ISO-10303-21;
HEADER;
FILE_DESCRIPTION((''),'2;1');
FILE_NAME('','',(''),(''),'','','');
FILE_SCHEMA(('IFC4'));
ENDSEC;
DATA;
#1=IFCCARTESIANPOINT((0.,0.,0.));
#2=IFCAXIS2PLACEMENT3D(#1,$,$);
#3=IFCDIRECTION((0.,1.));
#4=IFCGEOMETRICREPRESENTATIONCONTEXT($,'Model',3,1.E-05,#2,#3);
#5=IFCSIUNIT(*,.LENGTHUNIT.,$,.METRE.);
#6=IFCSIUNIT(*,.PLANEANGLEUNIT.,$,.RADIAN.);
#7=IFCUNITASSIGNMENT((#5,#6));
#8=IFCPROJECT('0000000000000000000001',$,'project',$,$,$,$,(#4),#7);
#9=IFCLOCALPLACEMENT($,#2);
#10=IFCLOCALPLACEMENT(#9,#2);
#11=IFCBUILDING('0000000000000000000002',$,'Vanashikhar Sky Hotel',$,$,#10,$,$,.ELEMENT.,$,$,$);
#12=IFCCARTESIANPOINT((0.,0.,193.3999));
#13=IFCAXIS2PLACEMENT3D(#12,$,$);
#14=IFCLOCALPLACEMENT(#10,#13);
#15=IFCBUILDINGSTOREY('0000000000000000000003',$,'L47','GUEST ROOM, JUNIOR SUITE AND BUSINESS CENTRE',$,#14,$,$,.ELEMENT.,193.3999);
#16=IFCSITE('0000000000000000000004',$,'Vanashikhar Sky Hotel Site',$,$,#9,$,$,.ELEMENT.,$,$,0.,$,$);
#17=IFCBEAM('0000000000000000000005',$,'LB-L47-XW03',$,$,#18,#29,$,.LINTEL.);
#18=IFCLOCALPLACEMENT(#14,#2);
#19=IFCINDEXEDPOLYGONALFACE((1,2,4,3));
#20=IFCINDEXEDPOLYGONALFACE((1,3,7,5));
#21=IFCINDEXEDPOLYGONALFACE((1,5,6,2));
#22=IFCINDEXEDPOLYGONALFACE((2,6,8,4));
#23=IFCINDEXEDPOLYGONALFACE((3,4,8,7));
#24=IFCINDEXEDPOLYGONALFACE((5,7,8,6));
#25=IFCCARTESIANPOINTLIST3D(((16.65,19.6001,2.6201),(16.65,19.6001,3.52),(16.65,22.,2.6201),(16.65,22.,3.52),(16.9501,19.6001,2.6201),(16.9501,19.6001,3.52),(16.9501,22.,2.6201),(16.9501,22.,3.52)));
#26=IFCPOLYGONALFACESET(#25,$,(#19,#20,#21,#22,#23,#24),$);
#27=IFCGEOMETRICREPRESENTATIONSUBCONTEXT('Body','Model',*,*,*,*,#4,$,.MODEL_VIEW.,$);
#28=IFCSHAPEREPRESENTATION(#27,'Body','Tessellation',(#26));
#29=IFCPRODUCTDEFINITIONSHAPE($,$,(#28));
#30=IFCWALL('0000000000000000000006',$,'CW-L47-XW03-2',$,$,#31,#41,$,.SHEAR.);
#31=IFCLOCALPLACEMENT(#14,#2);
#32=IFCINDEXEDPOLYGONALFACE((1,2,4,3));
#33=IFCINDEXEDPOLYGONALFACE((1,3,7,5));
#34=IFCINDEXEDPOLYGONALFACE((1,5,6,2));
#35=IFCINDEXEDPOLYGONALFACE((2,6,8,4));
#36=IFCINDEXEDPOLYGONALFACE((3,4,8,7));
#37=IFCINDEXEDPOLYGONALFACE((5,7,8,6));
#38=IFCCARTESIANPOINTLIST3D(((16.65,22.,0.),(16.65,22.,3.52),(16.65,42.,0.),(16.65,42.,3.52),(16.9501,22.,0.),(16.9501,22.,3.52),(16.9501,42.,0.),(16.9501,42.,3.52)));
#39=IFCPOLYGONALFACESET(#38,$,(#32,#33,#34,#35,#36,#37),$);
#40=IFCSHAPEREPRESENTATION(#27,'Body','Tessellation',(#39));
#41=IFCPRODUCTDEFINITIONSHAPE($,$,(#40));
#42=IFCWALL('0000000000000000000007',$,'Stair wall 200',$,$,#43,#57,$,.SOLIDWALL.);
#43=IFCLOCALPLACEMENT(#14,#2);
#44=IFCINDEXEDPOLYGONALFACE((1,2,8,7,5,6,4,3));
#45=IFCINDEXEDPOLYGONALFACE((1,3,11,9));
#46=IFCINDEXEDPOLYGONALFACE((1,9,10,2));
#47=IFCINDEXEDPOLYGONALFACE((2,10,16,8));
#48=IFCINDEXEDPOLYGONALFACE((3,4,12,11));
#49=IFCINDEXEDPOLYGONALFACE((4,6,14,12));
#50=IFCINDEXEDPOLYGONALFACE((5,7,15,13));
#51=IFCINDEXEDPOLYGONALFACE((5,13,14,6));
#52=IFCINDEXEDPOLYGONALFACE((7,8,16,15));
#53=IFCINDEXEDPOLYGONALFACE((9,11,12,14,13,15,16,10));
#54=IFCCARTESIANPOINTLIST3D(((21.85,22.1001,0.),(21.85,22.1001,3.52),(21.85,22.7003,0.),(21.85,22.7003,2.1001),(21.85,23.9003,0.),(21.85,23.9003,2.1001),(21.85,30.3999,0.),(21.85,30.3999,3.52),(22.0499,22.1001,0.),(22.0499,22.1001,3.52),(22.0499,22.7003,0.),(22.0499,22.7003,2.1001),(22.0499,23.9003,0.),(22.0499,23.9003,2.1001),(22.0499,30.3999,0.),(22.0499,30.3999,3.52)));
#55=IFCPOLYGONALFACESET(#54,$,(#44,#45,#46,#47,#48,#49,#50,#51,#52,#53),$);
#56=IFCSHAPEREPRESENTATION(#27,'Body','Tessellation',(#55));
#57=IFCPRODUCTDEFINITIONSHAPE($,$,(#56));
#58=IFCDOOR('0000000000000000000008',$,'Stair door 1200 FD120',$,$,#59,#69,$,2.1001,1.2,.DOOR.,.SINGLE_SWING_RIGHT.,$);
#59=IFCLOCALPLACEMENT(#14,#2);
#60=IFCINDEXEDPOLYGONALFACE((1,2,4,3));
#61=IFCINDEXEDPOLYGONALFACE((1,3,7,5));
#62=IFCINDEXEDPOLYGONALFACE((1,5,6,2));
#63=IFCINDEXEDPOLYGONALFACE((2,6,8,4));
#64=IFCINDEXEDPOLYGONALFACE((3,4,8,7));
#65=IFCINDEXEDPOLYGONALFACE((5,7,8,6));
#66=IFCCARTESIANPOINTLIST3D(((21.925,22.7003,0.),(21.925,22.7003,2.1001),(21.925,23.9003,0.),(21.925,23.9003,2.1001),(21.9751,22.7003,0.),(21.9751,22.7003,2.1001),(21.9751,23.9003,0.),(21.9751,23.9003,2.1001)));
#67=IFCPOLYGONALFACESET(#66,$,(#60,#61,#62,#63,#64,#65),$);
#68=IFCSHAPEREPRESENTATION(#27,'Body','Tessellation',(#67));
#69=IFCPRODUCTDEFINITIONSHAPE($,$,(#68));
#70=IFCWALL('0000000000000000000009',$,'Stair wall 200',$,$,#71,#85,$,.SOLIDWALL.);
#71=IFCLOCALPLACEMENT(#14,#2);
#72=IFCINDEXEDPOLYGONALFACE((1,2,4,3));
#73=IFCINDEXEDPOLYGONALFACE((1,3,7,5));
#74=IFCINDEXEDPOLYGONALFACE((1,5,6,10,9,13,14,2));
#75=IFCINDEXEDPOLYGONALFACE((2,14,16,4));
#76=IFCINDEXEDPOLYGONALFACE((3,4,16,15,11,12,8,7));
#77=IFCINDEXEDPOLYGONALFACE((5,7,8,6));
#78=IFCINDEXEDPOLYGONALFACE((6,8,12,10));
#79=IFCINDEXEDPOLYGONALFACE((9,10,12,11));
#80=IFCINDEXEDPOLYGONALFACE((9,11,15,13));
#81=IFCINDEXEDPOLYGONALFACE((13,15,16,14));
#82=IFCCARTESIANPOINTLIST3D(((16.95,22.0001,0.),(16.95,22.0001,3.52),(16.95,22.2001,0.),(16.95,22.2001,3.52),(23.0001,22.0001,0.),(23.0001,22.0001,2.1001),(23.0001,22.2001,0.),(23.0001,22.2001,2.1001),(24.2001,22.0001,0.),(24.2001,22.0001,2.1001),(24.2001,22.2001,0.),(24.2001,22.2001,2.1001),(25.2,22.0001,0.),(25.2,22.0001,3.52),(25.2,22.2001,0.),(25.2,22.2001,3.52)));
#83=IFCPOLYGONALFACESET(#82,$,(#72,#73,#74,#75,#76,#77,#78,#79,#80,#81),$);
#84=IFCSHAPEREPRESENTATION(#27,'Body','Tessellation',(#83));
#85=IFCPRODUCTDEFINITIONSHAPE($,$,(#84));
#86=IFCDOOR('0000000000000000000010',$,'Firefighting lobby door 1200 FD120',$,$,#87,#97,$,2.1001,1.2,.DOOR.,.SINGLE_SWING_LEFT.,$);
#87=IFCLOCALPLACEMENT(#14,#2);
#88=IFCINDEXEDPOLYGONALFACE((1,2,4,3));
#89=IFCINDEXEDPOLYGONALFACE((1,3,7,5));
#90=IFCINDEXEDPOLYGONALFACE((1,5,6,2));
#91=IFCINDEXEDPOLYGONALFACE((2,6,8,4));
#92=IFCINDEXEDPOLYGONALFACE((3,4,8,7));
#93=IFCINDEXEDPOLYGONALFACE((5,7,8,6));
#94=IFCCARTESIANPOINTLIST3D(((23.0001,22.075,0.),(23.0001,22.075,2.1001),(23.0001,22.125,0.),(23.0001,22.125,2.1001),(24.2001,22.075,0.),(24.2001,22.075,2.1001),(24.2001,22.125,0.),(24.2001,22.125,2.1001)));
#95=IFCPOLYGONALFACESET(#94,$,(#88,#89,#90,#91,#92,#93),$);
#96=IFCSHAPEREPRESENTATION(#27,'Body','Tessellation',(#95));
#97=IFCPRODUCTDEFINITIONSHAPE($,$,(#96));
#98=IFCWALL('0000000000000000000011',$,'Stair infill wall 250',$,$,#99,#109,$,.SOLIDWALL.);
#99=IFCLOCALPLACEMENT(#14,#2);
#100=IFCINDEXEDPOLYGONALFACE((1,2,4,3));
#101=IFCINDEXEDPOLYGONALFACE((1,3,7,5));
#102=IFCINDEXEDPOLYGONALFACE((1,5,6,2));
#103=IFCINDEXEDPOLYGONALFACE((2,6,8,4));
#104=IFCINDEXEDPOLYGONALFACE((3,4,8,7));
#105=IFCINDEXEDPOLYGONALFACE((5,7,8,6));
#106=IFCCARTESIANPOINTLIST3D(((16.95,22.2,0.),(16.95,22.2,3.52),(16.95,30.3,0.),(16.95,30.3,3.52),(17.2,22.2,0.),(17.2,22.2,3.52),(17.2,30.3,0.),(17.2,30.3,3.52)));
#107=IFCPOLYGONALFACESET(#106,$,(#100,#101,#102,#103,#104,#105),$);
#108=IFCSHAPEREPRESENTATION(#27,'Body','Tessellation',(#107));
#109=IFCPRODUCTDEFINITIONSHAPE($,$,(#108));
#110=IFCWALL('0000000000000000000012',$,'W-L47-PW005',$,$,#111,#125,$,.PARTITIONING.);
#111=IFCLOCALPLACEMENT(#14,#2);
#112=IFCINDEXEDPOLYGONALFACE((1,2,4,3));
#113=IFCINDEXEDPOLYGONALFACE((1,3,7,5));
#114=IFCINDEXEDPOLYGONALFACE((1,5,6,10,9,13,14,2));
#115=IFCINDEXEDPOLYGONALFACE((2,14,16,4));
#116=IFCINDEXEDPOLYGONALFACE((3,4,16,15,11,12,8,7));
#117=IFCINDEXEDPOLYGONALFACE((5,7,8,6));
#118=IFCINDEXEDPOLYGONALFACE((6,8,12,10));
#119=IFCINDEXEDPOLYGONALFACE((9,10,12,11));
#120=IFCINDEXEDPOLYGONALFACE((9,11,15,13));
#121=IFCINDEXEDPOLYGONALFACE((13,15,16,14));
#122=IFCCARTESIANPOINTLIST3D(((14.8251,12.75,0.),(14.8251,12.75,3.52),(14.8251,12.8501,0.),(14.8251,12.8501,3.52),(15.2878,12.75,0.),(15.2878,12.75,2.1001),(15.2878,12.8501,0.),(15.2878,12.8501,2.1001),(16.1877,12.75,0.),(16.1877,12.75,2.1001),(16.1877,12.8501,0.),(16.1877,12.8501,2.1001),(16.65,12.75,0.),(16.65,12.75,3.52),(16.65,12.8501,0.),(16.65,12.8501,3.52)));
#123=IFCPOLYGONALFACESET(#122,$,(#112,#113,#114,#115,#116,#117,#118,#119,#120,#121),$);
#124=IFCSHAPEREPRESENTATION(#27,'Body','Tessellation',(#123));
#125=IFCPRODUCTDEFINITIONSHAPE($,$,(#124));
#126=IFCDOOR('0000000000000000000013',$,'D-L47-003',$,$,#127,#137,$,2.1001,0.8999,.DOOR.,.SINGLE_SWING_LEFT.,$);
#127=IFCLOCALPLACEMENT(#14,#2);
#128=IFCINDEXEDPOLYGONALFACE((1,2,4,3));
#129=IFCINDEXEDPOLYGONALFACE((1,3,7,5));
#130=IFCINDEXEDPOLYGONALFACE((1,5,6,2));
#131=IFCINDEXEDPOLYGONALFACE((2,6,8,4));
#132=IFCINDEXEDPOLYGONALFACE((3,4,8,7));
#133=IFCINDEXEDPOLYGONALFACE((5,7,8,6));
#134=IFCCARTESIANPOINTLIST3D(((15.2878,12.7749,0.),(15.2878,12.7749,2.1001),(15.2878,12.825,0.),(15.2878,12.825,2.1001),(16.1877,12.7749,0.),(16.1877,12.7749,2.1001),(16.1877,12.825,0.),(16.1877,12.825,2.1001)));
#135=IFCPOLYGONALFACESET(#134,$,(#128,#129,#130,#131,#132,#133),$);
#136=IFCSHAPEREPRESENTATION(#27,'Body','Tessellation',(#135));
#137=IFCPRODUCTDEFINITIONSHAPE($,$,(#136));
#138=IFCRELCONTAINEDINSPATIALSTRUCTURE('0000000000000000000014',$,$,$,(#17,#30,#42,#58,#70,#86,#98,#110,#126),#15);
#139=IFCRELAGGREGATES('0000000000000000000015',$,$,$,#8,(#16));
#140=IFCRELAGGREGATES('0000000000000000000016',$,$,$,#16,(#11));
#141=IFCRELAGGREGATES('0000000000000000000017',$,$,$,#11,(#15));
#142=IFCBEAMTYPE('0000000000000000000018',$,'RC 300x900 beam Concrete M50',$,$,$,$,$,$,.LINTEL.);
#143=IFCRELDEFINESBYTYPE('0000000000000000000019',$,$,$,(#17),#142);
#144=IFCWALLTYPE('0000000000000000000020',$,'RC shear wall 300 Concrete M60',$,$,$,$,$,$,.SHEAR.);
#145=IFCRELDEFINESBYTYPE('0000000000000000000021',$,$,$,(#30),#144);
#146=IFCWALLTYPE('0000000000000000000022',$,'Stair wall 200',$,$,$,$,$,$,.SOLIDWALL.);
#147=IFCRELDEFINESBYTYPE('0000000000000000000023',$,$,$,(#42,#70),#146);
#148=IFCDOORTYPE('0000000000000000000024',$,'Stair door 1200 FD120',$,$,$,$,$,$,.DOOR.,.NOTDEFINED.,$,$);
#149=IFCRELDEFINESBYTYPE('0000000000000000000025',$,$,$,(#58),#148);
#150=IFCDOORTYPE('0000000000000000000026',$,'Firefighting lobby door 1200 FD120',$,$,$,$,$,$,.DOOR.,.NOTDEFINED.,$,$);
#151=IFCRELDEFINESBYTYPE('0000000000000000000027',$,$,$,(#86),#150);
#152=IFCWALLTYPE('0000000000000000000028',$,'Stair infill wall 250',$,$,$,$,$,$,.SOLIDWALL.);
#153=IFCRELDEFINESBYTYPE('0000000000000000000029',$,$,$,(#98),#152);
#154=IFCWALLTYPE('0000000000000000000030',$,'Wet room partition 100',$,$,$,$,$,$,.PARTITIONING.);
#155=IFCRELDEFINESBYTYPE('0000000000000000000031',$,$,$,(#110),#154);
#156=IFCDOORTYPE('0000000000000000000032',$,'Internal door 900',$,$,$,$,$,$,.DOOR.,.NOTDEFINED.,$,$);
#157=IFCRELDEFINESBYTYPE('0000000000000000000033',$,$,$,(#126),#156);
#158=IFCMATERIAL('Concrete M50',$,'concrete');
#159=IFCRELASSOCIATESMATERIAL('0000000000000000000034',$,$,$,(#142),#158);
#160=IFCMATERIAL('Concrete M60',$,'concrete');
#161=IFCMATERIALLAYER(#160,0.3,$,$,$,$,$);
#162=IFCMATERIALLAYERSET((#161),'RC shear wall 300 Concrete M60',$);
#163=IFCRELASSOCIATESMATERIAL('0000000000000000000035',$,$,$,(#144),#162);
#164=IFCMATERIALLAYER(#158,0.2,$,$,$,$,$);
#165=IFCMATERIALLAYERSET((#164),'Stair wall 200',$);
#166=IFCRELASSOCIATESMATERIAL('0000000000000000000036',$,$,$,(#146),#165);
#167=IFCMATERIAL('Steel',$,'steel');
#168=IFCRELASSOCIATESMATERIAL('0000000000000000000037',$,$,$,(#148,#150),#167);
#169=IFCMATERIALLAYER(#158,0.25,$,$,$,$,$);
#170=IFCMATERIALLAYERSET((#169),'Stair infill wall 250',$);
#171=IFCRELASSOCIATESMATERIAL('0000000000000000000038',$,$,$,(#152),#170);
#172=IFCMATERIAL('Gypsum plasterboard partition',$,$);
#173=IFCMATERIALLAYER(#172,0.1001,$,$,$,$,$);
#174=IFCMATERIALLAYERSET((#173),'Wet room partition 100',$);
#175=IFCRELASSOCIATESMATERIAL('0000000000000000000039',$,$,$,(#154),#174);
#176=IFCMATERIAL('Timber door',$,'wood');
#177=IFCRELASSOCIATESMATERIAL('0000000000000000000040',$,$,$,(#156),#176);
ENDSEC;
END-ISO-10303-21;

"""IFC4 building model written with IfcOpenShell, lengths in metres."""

from ifc_helpers import new_model, si_unit, direction, frame, frame_2d, origin, origin_2d, place, context, subcontext, project, spatial, rectangle, extrude, source, transform, mapped, material, layer, layer_set, material_profile, profile_set, type_object, element, fill, save


model = new_model("IFC4")

# Units and contexts
model_context = context("Model", 3, precision=1e-05, world=origin(), true_north=direction((0.0, 1.0)))
body_context = subcontext(model_context, "Body", "Model", "MODEL_VIEW")
ifc_project = project(units=[si_unit("LENGTHUNIT", "METRE"), si_unit("PLANEANGLEUNIT", "RADIAN")], contexts=[model_context])

# Site, building, storey
site_placement = place(None, origin())
site = spatial("IfcSite", under=ifc_project, at=site_placement, Name="Vanashikhar Sky Hotel Site", CompositionType="ELEMENT", RefElevation=0.0)
building_placement = place(site_placement, origin())
building = spatial("IfcBuilding", under=site, at=building_placement, Name="Vanashikhar Sky Hotel", CompositionType="ELEMENT")
storey_placement = place(building_placement, frame((0.0, 0.0, 193.3999)))
storey = spatial("IfcBuildingStorey", under=building, at=storey_placement, Name="L47", Description="GUEST ROOM, JUNIOR SUITE AND BUSINESS CENTRE", CompositionType="ELEMENT", Elevation=193.3999)

# Beam
ifc_material_1 = material(Name="Concrete M50", Category="concrete")
ifc_material_profile = material_profile(ifc_material_1, rectangle(XDim=0.3, YDim=0.8999, at=origin_2d()))
ifc_profile_set = profile_set([ifc_material_profile], Name="RC 300x900 beam Concrete M50")
beam_type = type_object("IfcBeamType", Name="RC 300x900 beam Concrete M50", PredefinedType="LINTEL", material=ifc_profile_set)
shared_shape_1 = source(origin(), body_context, "Body", "SweptSolid", [
    extrude(rectangle(XDim=0.3, YDim=0.8999, at=origin_2d()), origin(), (0.0, 0.0, 1.0), 2.3999),
])
beam_placement = place(storey_placement, frame((16.8, 19.6001, 3.0701), z_axis=(0.0, 1.0, 0.0), x_axis=(-1.0, 0.0, 0.0)))
element("IfcBeam", 1, at=beam_placement, inside=storey, type_object=beam_type, Name="LB-L47-XW03", PredefinedType="LINTEL", context=body_context, shape_type="MappedRepresentation", body=[
    mapped(shared_shape_1, transform((0.0, 0.0, 0.0), scale=1.0)),
])

# Wall
ifc_material_2 = material(Name="Concrete M60", Category="concrete")
ifc_layer_1 = layer(ifc_material_2, 0.3)
ifc_layer_set_1 = layer_set([ifc_layer_1], Name="RC shear wall 300 Concrete M60")
wall_type_1 = type_object("IfcWallType", Name="RC shear wall 300 Concrete M60", PredefinedType="SHEAR", material=ifc_layer_set_1)
shared_shape_2 = source(origin(), body_context, "Body", "SweptSolid", [
    extrude(rectangle(XDim=20.0, YDim=0.3, at=frame_2d((10.0, 0.0))), origin(), (0.0, 0.0, 1.0), 3.52),
])
wall_1_placement = place(storey_placement, frame((16.8, 22.0, 0.0), z_axis=(0.0, 0.0, 1.0), x_axis=(0.0, 1.0, 0.0)))
element("IfcWall", 2, at=wall_1_placement, inside=storey, type_object=wall_type_1, Name="CW-L47-XW03-2", PredefinedType="SHEAR", context=body_context, shape_type="MappedRepresentation", body=[
    mapped(shared_shape_2, transform((0.0, 0.0, 0.0), scale=1.0)),
])

# Walls, openings, doors
ifc_layer_2 = layer(ifc_material_1, 0.2)
ifc_layer_set_2 = layer_set([ifc_layer_2], Name="Stair wall 200")
wall_type_2 = type_object("IfcWallType", Name="Stair wall 200", PredefinedType="SOLIDWALL", material=ifc_layer_set_2)
shared_shape_3 = source(origin(), body_context, "Body", "SweptSolid", [
    extrude(rectangle(XDim=8.2998, YDim=0.2, at=frame_2d((4.1499, 0.0))), origin(), (0.0, 0.0, 1.0), 3.52),
])
wall_2_placement = place(storey_placement, frame((21.95, 22.1001, 0.0), z_axis=(0.0, 0.0, 1.0), x_axis=(0.0, 1.0, 0.0)))
wall_2 = element("IfcWall", 3, at=wall_2_placement, inside=storey, type_object=wall_type_2, Name="Stair wall 200", PredefinedType="SOLIDWALL", context=body_context, shape_type="MappedRepresentation", body=[
    mapped(shared_shape_3, transform((0.0, 0.0, 0.0), scale=1.0)),
])
shared_shape_4 = source(origin(), body_context, "Body", "SweptSolid", [
    extrude(rectangle(XDim=1.2, YDim=2.1001, at=frame_2d((0.6001, 1.05))), frame((0.0, 0.1099, 0.0), z_axis=(0.0, -1.0, 0.0), x_axis=(1.0, 0.0, 0.0)), (0.0, 0.0, 1.0), 0.22),
])
opening_1_placement = place(wall_2_placement, frame((0.6001, 0.0, 0.0)))
opening_1 = element("IfcOpeningElement", 4, at=opening_1_placement, cuts=wall_2, PredefinedType="OPENING", context=body_context, shape_type="MappedRepresentation", body=[
    mapped(shared_shape_4, transform((0.0, 0.0, 0.0), scale=1.0)),
])
ifc_material_3 = material(Name="Steel", Category="steel")
door_type_1 = type_object("IfcDoorType", Name="Stair door 1200 FD120", OperationType="NOTDEFINED", PredefinedType="DOOR", material=ifc_material_3)
shared_shape_5 = source(origin(), body_context, "Body", "SweptSolid", [
    extrude(rectangle(XDim=1.2, YDim=2.1001, at=frame_2d((0.6001, 1.05))), frame((0.0, 0.0249, 0.0), z_axis=(0.0, -1.0, 0.0), x_axis=(1.0, 0.0, 0.0)), (0.0, 0.0, 1.0), 0.05),
])
door_1_placement = place(opening_1_placement, origin())
door_1 = element("IfcDoor", 5, at=door_1_placement, inside=storey, type_object=door_type_1, Name="Stair door 1200 FD120", OperationType="SINGLE_SWING_RIGHT", OverallHeight=2.1001, OverallWidth=1.2, PredefinedType="DOOR", context=body_context, shape_type="MappedRepresentation", body=[
    mapped(shared_shape_5, transform((0.0, 0.0, 0.0), scale=1.0)),
])
fill(opening_1, door_1)
shared_shape_6 = source(origin(), body_context, "Body", "SweptSolid", [
    extrude(rectangle(XDim=8.25, YDim=0.2, at=frame_2d((4.125, 0.0))), origin(), (0.0, 0.0, 1.0), 3.52),
])
wall_3_placement = place(storey_placement, frame((16.95, 22.1001, 0.0), z_axis=(0.0, 0.0, 1.0), x_axis=(1.0, 0.0, 0.0)))
wall_3 = element("IfcWall", 6, at=wall_3_placement, inside=storey, type_object=wall_type_2, Name="Stair wall 200", PredefinedType="SOLIDWALL", context=body_context, shape_type="MappedRepresentation", body=[
    mapped(shared_shape_6, transform((0.0, 0.0, 0.0), scale=1.0)),
])
opening_2_placement = place(wall_3_placement, frame((6.05, 0.0, 0.0)))
opening_2 = element("IfcOpeningElement", 7, at=opening_2_placement, cuts=wall_3, PredefinedType="OPENING", context=body_context, shape_type="MappedRepresentation", body=[
    mapped(shared_shape_4, transform((0.0, 0.0, 0.0), scale=1.0)),
])
door_type_2 = type_object("IfcDoorType", Name="Firefighting lobby door 1200 FD120", OperationType="NOTDEFINED", PredefinedType="DOOR", material=ifc_material_3)
door_2_placement = place(opening_2_placement, origin())
door_2 = element("IfcDoor", 8, at=door_2_placement, inside=storey, type_object=door_type_2, Name="Firefighting lobby door 1200 FD120", OperationType="SINGLE_SWING_LEFT", OverallHeight=2.1001, OverallWidth=1.2, PredefinedType="DOOR", context=body_context, shape_type="MappedRepresentation", body=[
    mapped(shared_shape_5, transform((0.0, 0.0, 0.0), scale=1.0)),
])
fill(opening_2, door_2)

# Wall
ifc_layer_3 = layer(ifc_material_1, 0.25)
ifc_layer_set_3 = layer_set([ifc_layer_3], Name="Stair infill wall 250")
wall_type_3 = type_object("IfcWallType", Name="Stair infill wall 250", PredefinedType="SOLIDWALL", material=ifc_layer_set_3)
shared_shape_7 = source(origin(), body_context, "Body", "SweptSolid", [
    extrude(rectangle(XDim=8.1001, YDim=0.25, at=frame_2d((4.05, 0.0))), origin(), (0.0, 0.0, 1.0), 3.52),
])
wall_4_placement = place(storey_placement, frame((17.075, 22.2, 0.0), z_axis=(0.0, 0.0, 1.0), x_axis=(0.0, 1.0, 0.0)))
element("IfcWall", 9, at=wall_4_placement, inside=storey, type_object=wall_type_3, Name="Stair infill wall 250", PredefinedType="SOLIDWALL", context=body_context, shape_type="MappedRepresentation", body=[
    mapped(shared_shape_7, transform((0.0, 0.0, 0.0), scale=1.0)),
])

# Wall, opening, door
ifc_material_4 = material(Name="Gypsum plasterboard partition")
ifc_layer_4 = layer(ifc_material_4, 0.1001)
ifc_layer_set_4 = layer_set([ifc_layer_4], Name="Wet room partition 100")
wall_type_4 = type_object("IfcWallType", Name="Wet room partition 100", PredefinedType="PARTITIONING", material=ifc_layer_set_4)
shared_shape_8 = source(origin(), body_context, "Body", "SweptSolid", [
    extrude(rectangle(XDim=1.825, YDim=0.1001, at=frame_2d((0.9126, 0.0))), origin(), (0.0, 0.0, 1.0), 3.52),
])
wall_5_placement = place(storey_placement, frame((14.825, 12.8, 0.0), z_axis=(0.0, 0.0, 1.0), x_axis=(1.0, 0.0, 0.0)))
wall_5 = element("IfcWall", 10, at=wall_5_placement, inside=storey, type_object=wall_type_4, Name="W-L47-PW005", PredefinedType="PARTITIONING", context=body_context, shape_type="MappedRepresentation", body=[
    mapped(shared_shape_8, transform((0.0, 0.0, 0.0), scale=1.0)),
])
shared_shape_9 = source(origin(), body_context, "Body", "SweptSolid", [
    extrude(rectangle(XDim=0.8999, YDim=2.1001, at=frame_2d((0.45, 1.05))), frame((0.0, 0.0601, 0.0), z_axis=(0.0, -1.0, 0.0), x_axis=(1.0, 0.0, 0.0)), (0.0, 0.0, 1.0), 0.1201),
])
opening_3_placement = place(wall_5_placement, frame((0.4629, 0.0, 0.0)))
opening_3 = element("IfcOpeningElement", 11, at=opening_3_placement, cuts=wall_5, PredefinedType="OPENING", context=body_context, shape_type="MappedRepresentation", body=[
    mapped(shared_shape_9, transform((0.0, 0.0, 0.0), scale=1.0)),
])
ifc_material_5 = material(Name="Timber door", Category="wood")
door_type_3 = type_object("IfcDoorType", Name="Internal door 900", OperationType="NOTDEFINED", PredefinedType="DOOR", material=ifc_material_5)
shared_shape_10 = source(origin(), body_context, "Body", "SweptSolid", [
    extrude(rectangle(XDim=0.8999, YDim=2.1001, at=frame_2d((0.45, 1.05))), frame((0.0, 0.0249, 0.0), z_axis=(0.0, -1.0, 0.0), x_axis=(1.0, 0.0, 0.0)), (0.0, 0.0, 1.0), 0.05),
])
door_3_placement = place(opening_3_placement, origin())
door_3 = element("IfcDoor", 12, at=door_3_placement, inside=storey, type_object=door_type_3, Name="D-L47-003", OperationType="SINGLE_SWING_LEFT", OverallHeight=2.1001, OverallWidth=0.8999, PredefinedType="DOOR", context=body_context, shape_type="MappedRepresentation", body=[
    mapped(shared_shape_10, transform((0.0, 0.0, 0.0), scale=1.0)),
])
fill(opening_3, door_3)

save(model, "model.ifc")
